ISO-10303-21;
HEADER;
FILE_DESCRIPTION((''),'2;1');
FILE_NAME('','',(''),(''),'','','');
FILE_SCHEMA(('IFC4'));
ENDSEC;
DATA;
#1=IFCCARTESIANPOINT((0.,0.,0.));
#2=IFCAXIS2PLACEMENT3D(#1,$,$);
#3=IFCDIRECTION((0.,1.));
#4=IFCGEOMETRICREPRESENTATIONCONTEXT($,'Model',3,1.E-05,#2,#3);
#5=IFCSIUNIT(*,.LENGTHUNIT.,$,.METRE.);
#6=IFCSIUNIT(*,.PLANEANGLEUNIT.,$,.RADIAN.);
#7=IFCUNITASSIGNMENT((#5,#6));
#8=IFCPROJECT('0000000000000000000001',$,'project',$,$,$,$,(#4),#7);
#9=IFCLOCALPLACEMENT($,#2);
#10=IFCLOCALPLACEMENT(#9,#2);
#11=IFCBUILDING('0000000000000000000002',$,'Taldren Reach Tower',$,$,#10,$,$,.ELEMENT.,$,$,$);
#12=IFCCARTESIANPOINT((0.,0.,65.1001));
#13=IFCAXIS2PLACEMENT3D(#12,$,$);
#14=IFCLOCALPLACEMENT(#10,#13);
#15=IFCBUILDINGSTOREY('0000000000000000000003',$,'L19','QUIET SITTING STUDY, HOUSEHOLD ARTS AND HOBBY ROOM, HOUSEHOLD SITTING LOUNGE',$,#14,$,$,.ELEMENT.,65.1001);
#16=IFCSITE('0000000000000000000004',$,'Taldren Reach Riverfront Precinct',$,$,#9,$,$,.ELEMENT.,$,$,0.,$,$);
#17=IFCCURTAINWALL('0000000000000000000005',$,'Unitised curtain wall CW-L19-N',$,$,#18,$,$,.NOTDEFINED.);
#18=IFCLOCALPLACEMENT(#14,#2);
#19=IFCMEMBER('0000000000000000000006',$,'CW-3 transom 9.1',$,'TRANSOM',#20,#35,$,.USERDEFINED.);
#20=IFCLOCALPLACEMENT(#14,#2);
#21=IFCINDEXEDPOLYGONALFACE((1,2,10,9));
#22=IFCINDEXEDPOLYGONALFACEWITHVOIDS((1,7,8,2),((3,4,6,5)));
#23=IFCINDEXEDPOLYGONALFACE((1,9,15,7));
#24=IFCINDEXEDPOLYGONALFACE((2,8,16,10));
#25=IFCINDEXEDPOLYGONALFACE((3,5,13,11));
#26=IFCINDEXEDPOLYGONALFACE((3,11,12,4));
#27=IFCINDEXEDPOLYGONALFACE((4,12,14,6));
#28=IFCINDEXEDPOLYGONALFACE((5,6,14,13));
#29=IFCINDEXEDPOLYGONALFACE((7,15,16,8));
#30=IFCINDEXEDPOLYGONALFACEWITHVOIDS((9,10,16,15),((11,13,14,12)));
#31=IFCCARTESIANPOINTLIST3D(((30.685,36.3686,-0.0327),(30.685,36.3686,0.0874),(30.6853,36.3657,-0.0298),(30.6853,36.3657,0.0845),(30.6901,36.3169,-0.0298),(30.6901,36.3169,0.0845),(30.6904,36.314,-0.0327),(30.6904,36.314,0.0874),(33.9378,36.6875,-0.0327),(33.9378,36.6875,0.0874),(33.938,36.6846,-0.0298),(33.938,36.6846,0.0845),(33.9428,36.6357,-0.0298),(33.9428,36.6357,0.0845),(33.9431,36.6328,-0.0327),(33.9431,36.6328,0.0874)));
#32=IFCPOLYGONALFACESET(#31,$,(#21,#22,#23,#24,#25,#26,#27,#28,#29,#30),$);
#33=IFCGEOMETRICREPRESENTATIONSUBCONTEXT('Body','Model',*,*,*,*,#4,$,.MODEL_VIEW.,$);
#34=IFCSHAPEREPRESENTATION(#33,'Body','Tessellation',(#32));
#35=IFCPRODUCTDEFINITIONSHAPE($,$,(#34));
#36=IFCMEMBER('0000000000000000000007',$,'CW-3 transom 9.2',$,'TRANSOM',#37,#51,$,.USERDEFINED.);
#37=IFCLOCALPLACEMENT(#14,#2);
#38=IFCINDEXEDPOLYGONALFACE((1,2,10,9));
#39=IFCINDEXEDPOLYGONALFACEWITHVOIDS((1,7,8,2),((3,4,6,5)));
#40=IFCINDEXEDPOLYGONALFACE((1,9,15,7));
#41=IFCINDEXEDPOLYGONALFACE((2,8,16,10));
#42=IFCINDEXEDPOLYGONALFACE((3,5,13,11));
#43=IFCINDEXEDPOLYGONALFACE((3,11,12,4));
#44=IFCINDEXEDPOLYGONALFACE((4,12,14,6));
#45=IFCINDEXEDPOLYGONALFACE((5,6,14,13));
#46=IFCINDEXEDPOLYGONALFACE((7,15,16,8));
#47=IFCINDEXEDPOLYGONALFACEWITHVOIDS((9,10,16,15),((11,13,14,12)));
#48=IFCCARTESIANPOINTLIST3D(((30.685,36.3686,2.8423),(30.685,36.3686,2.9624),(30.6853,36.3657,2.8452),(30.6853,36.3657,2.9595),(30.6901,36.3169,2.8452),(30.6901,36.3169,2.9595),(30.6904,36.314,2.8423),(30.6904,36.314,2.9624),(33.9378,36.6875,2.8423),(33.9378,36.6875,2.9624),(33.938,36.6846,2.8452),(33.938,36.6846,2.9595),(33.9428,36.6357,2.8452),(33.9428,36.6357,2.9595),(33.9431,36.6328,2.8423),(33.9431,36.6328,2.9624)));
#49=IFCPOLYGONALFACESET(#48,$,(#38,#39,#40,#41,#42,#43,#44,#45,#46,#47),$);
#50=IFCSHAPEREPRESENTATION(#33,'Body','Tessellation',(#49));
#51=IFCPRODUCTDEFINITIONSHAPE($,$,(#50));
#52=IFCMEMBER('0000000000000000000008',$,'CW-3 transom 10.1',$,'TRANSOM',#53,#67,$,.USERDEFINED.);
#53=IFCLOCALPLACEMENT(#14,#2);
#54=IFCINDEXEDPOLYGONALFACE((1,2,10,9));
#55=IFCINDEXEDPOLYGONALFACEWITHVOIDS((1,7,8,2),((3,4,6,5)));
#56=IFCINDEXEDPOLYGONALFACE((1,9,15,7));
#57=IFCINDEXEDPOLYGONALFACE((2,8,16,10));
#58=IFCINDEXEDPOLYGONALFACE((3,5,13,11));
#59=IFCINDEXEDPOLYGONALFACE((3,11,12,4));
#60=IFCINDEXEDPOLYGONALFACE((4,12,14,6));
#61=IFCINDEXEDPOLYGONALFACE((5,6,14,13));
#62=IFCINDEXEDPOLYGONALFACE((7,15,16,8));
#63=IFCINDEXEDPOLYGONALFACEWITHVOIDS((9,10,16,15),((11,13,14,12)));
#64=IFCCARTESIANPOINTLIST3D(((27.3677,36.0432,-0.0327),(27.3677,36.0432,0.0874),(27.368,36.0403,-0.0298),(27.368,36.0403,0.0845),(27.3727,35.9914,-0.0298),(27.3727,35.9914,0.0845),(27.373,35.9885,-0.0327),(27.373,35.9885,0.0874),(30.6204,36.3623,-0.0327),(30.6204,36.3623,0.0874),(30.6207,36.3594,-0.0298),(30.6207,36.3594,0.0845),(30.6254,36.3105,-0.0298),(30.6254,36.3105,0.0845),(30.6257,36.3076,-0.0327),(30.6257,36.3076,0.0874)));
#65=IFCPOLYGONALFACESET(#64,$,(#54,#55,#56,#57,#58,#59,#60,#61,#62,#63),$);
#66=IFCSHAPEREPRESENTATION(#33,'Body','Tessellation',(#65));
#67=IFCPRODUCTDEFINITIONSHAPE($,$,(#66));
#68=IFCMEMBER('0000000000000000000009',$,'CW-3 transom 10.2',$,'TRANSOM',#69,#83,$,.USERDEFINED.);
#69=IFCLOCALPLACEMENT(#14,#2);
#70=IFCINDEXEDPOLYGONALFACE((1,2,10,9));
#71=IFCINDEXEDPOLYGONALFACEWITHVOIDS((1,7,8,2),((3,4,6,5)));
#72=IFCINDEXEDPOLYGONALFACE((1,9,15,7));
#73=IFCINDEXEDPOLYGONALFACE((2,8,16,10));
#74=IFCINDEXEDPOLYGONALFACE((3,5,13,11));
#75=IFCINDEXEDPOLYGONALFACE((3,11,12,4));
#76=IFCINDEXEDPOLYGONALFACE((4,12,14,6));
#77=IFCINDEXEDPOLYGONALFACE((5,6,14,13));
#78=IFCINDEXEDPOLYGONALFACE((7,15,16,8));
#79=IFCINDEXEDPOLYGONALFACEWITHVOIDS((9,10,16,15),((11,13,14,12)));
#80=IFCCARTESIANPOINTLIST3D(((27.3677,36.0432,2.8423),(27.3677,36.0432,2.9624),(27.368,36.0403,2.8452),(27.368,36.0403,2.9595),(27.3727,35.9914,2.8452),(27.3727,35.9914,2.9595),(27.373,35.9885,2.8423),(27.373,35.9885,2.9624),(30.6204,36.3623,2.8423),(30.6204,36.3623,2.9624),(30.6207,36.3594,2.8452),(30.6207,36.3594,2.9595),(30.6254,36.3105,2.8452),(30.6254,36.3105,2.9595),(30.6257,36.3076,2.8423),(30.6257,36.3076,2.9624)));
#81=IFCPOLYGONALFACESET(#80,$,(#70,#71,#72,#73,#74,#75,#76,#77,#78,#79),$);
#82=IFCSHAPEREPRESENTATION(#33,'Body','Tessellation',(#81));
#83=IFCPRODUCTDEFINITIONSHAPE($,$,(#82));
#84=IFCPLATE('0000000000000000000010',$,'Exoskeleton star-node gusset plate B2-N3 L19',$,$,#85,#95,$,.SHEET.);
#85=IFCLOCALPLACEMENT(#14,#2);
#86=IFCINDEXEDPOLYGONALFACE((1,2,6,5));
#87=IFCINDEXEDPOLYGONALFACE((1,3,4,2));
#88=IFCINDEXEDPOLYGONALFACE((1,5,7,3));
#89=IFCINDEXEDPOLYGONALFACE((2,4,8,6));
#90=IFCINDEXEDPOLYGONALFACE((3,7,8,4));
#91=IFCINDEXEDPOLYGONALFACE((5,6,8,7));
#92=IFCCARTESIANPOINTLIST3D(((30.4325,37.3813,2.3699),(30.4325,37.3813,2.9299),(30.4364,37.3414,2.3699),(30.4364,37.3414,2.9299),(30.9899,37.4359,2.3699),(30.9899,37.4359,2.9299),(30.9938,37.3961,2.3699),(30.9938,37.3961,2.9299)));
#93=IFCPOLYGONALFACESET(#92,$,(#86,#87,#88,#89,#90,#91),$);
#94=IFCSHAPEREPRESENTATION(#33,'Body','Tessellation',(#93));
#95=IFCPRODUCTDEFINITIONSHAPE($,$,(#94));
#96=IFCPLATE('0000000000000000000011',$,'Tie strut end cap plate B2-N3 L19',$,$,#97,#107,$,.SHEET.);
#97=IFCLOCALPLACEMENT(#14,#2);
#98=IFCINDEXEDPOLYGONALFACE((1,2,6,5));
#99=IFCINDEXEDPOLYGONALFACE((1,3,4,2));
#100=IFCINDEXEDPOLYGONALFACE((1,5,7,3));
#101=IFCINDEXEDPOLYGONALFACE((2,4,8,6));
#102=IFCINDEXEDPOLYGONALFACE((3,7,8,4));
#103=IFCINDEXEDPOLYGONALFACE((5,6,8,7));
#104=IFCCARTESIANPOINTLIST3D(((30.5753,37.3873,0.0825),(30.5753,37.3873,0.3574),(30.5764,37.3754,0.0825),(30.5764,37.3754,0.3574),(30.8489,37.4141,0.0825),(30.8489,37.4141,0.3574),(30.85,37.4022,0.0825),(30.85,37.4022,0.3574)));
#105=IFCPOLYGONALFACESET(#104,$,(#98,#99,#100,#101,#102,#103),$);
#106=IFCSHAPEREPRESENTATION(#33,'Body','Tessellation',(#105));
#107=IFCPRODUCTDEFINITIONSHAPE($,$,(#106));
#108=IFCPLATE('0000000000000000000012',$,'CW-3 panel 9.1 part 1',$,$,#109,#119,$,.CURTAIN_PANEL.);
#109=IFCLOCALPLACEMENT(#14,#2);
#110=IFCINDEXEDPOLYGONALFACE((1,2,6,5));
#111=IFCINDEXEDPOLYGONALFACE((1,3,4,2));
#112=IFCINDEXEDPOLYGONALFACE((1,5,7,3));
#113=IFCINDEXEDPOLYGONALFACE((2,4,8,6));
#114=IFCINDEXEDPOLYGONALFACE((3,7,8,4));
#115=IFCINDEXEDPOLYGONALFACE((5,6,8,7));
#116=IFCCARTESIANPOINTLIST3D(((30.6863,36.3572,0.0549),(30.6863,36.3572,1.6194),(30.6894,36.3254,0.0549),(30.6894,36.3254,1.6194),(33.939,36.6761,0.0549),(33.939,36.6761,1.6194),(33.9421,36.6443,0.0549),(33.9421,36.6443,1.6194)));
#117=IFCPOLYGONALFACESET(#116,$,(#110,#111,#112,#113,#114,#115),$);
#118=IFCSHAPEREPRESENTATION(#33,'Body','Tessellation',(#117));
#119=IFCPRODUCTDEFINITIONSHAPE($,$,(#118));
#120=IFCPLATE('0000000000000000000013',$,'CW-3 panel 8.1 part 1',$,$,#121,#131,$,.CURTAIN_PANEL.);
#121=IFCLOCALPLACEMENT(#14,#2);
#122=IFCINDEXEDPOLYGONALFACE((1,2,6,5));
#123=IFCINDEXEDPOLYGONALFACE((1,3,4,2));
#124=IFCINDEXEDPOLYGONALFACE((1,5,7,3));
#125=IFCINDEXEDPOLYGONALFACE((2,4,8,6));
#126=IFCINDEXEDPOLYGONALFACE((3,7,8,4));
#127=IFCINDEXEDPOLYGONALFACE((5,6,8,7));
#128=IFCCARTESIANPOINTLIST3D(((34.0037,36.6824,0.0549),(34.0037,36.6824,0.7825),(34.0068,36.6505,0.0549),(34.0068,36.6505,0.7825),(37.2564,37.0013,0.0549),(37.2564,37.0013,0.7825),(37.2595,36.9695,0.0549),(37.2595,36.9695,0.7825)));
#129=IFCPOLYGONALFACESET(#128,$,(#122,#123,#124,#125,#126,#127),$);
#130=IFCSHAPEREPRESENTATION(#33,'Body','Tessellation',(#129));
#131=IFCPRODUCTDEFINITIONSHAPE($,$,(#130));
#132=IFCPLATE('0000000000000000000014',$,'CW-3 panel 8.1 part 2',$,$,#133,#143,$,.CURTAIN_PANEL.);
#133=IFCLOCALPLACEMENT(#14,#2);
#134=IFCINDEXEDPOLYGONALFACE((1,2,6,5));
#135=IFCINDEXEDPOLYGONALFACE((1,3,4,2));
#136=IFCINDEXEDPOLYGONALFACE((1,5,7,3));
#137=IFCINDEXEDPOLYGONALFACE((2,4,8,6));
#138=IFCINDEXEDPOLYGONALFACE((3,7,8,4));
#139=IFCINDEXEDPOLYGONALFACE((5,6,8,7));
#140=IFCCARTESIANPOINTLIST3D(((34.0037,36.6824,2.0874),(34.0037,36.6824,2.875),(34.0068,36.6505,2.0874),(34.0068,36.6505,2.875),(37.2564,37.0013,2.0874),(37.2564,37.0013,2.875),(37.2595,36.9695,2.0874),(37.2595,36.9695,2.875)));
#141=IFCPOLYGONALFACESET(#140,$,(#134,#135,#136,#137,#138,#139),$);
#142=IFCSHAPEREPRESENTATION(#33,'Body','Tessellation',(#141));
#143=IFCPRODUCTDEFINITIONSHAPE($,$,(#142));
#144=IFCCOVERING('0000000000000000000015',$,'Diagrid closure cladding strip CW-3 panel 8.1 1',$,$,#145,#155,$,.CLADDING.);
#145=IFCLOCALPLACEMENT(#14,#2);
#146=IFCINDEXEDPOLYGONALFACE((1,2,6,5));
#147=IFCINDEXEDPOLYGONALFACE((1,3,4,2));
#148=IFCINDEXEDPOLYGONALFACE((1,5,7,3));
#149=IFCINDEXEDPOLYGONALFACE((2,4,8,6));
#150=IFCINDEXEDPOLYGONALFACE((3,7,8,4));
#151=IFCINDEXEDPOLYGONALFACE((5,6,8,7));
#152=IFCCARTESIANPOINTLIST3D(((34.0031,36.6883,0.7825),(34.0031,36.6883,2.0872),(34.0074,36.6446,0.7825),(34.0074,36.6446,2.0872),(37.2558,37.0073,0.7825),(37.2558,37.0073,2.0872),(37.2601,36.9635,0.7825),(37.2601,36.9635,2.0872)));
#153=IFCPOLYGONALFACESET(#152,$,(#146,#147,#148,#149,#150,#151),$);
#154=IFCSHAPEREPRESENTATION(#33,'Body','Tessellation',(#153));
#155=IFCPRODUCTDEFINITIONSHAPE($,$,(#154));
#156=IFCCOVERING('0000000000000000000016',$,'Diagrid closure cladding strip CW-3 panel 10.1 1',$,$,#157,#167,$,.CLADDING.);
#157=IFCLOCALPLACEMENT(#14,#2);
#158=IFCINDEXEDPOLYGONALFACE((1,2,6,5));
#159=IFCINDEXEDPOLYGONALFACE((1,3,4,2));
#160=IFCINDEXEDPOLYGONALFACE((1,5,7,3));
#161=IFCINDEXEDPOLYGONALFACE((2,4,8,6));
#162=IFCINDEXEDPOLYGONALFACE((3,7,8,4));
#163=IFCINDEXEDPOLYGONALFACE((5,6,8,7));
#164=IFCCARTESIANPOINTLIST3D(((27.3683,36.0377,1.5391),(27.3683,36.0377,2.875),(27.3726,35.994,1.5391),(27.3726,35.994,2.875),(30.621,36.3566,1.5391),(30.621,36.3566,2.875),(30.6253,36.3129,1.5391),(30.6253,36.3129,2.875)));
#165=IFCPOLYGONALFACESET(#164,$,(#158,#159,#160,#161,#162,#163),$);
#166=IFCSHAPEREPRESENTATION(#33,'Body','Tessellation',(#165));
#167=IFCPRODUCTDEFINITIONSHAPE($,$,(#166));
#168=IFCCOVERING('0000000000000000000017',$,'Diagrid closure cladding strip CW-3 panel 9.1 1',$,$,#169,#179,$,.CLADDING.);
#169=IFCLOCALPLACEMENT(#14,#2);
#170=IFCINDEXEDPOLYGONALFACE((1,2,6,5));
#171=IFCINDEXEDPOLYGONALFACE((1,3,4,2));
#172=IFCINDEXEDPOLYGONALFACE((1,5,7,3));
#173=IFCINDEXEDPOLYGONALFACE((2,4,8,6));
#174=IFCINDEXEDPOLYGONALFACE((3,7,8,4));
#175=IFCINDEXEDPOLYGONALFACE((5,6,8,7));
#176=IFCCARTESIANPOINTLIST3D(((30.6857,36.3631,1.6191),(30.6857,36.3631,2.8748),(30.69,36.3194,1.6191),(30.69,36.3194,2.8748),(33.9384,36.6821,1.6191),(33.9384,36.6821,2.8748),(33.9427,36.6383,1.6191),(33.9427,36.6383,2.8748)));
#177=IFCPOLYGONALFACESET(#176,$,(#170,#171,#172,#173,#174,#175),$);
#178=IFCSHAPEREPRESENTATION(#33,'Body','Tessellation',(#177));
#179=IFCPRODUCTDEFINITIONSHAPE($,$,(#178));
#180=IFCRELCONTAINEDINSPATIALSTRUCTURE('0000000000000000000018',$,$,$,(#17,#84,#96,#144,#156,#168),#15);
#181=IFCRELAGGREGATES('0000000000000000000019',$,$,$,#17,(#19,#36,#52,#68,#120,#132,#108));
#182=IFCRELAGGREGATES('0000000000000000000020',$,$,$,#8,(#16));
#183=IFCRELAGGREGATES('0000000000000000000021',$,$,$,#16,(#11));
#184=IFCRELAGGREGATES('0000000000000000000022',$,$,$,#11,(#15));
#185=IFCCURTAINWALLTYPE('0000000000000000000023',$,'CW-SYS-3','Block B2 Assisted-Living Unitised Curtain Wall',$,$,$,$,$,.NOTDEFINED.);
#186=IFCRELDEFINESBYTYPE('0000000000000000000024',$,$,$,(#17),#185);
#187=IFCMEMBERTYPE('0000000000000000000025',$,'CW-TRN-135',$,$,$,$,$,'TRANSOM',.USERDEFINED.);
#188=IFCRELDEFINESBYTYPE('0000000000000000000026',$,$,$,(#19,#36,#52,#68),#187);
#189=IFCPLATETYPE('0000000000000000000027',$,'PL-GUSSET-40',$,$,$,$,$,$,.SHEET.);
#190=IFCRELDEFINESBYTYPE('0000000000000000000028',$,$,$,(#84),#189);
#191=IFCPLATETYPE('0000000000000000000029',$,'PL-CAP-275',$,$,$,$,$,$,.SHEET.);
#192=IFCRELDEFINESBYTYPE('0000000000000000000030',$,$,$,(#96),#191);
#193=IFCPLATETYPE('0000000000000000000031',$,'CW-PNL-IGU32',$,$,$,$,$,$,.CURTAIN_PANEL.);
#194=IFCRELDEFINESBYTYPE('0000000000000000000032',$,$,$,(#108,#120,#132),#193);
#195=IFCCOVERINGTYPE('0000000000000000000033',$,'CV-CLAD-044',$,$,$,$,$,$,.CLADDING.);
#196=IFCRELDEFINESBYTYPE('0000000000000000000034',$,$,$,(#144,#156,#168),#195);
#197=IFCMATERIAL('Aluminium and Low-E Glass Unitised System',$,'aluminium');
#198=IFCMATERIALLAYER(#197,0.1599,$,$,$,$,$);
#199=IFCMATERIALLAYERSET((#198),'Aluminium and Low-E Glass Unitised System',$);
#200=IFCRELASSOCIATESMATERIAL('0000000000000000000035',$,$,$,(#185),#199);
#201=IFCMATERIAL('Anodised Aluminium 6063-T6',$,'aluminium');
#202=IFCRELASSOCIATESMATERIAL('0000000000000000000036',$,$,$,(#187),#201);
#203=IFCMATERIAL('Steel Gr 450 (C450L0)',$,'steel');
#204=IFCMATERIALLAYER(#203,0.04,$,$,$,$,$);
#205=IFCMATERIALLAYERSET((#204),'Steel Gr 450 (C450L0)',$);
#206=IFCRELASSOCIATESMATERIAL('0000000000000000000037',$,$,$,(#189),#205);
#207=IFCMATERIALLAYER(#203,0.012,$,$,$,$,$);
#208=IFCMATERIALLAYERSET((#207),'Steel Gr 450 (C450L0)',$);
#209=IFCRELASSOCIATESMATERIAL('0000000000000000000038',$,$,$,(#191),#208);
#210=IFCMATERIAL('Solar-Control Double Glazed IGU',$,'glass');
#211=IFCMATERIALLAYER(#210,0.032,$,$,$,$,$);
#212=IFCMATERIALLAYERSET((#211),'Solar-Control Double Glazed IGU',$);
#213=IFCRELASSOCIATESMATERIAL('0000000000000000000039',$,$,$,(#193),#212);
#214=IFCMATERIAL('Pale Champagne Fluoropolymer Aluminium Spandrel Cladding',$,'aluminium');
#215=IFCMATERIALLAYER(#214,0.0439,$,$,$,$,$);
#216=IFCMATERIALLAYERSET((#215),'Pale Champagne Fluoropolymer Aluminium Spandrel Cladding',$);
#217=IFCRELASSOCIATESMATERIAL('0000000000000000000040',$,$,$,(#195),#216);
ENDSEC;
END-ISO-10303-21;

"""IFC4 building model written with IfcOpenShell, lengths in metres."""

from ifc_helpers import new_model, si_unit, direction, frame, origin, origin_2d, place, context, subcontext, project, spatial, rectangle, hollow_rectangle, extrude, source, transform, mapped, material, layer, layer_set, material_profile, profile_set, type_object, element, aggregate, save


model = new_model("IFC4")

# Units and contexts
model_context = context("Model", 3, precision=1e-05, world=origin(), true_north=direction((0.0, 1.0)))
body_context = subcontext(model_context, "Body", "Model", "MODEL_VIEW")
ifc_project = project(units=[si_unit("LENGTHUNIT", "METRE"), si_unit("PLANEANGLEUNIT", "RADIAN")], contexts=[model_context])

# Site, building, storey
site_placement = place(None, origin())
site = spatial("IfcSite", under=ifc_project, at=site_placement, Name="Taldren Reach Riverfront Precinct", CompositionType="ELEMENT", RefElevation=0.0)
building_placement = place(site_placement, origin())
building = spatial("IfcBuilding", under=site, at=building_placement, Name="Taldren Reach Tower", CompositionType="ELEMENT")
storey_placement = place(building_placement, frame((0.0, 0.0, 65.1001)))
storey = spatial("IfcBuildingStorey", under=building, at=storey_placement, Name="L19", Description="QUIET SITTING STUDY, HOUSEHOLD ARTS AND HOBBY ROOM, HOUSEHOLD SITTING LOUNGE", CompositionType="ELEMENT", Elevation=65.1001)

# Shared definitions
ifc_material_1 = material(Name="Steel Gr 450 (C450L0)", Category="steel")

# Curtain wall, members
ifc_material_2 = material(Name="Aluminium and Low-E Glass Unitised System", Category="aluminium")
ifc_layer_1 = layer(ifc_material_2, 0.1599)
ifc_layer_set_1 = layer_set([ifc_layer_1], Name="Aluminium and Low-E Glass Unitised System")
curtain_wall_type = type_object("IfcCurtainWallType", Name="CW-SYS-3", Description="Block B2 Assisted-Living Unitised Curtain Wall", PredefinedType="NOTDEFINED", material=ifc_layer_set_1)
curtain_wall_placement = place(storey_placement, origin())
curtain_wall = element("IfcCurtainWall", 1, at=curtain_wall_placement, inside=storey, type_object=curtain_wall_type, Name="Unitised curtain wall CW-L19-N", PredefinedType="NOTDEFINED")
ifc_material_3 = material(Name="Anodised Aluminium 6063-T6", Category="aluminium")
ifc_material_profile_1 = material_profile(ifc_material_3, hollow_rectangle(XDim=0.0549, YDim=0.1201, WallThickness=0.0029, at=origin_2d()), Name="ALU-120x55x3RHS")
ifc_profile_set_1 = profile_set([ifc_material_profile_1], Name="Anodised Aluminium 6063-T6")
member_type_1 = type_object("IfcMemberType", Name="CW-TRN-135", ElementType="TRANSOM", PredefinedType="USERDEFINED", material=ifc_profile_set_1)
shared_shape_1 = source(origin(), body_context, "Body", "SweptSolid", [
    extrude(hollow_rectangle(XDim=0.0549, YDim=0.1201, WallThickness=0.0029, at=origin_2d()), origin(), (0.0, 0.0, 1.0), 3.2683),
])
member_1_placement = place(storey_placement, frame((33.9404, 36.6602, 0.0273), z_axis=(-0.99523, -0.097558, 0.0), x_axis=(0.097558, -0.99523, 0.0)))
member_1 = element("IfcMember", 2, at=member_1_placement, type_object=member_type_1, Name="CW-3 transom 9.1", ObjectType="TRANSOM", PredefinedType="USERDEFINED", context=body_context, shape_type="MappedRepresentation", body=[
    mapped(shared_shape_1, transform((0.0, 0.0, 0.0), scale=1.0)),
])
member_2_placement = place(storey_placement, frame((33.9404, 36.6602, 2.9023), z_axis=(-0.99523, -0.097558, 0.0), x_axis=(0.097558, -0.99523, 0.0)))
member_2 = element("IfcMember", 3, at=member_2_placement, type_object=member_type_1, Name="CW-3 transom 9.2", ObjectType="TRANSOM", PredefinedType="USERDEFINED", context=body_context, shape_type="MappedRepresentation", body=[
    mapped(shared_shape_1, transform((0.0, 0.0, 0.0), scale=1.0)),
])
member_3_placement = place(storey_placement, frame((30.623, 36.335, 0.0273), z_axis=(-0.995223, -0.097632, 0.0), x_axis=(0.097632, -0.995223, 0.0)))
member_3 = element("IfcMember", 4, at=member_3_placement, type_object=member_type_1, Name="CW-3 transom 10.1", ObjectType="TRANSOM", PredefinedType="USERDEFINED", context=body_context, shape_type="MappedRepresentation", body=[
    mapped(shared_shape_1, transform((0.0, 0.0, 0.0), scale=1.0)),
])
member_4_placement = place(storey_placement, frame((30.623, 36.335, 2.9023), z_axis=(-0.995223, -0.097632, 0.0), x_axis=(0.097632, -0.995223, 0.0)))
member_4 = element("IfcMember", 5, at=member_4_placement, type_object=member_type_1, Name="CW-3 transom 10.2", ObjectType="TRANSOM", PredefinedType="USERDEFINED", context=body_context, shape_type="MappedRepresentation", body=[
    mapped(shared_shape_1, transform((0.0, 0.0, 0.0), scale=1.0)),
])

# Plates
ifc_layer_2 = layer(ifc_material_1, 0.04)
ifc_layer_set_2 = layer_set([ifc_layer_2], Name="Steel Gr 450 (C450L0)")
plate_type_1 = type_object("IfcPlateType", Name="PL-GUSSET-40", PredefinedType="SHEET", material=ifc_layer_set_2)
shared_shape_2 = source(origin(), body_context, "Body", "SweptSolid", [
    extrude(rectangle(XDim=0.5601, YDim=0.04, at=origin_2d()), origin(), (0.0, 0.0, 1.0), 0.5601),
])
plate_1_placement = place(storey_placement, frame((30.7131, 37.3887, 2.3699), z_axis=(0.0, 0.0, 1.0), x_axis=(0.995227, 0.097583, 0.0)))
element("IfcPlate", 6, at=plate_1_placement, inside=storey, type_object=plate_type_1, Name="Exoskeleton star-node gusset plate B2-N3 L19", PredefinedType="SHEET", context=body_context, shape_type="MappedRepresentation", body=[
    mapped(shared_shape_2, transform((0.0, 0.0, 0.0), scale=1.0)),
])
ifc_layer_3 = layer(ifc_material_1, 0.012)
ifc_layer_set_3 = layer_set([ifc_layer_3], Name="Steel Gr 450 (C450L0)")
plate_type_2 = type_object("IfcPlateType", Name="PL-CAP-275", PredefinedType="SHEET", material=ifc_layer_set_3)
shared_shape_3 = source(origin(), body_context, "Body", "SweptSolid", [
    extrude(rectangle(XDim=0.2749, YDim=0.012, at=origin_2d()), origin(), (0.0, 0.0, 1.0), 0.2749),
])
plate_2_placement = place(storey_placement, frame((30.7126, 37.3948, 0.0825), z_axis=(0.0, 0.0, 1.0), x_axis=(0.995227, 0.097583, 0.0)))
element("IfcPlate", 7, at=plate_2_placement, inside=storey, type_object=plate_type_2, Name="Tie strut end cap plate B2-N3 L19", PredefinedType="SHEET", context=body_context, shape_type="MappedRepresentation", body=[
    mapped(shared_shape_3, transform((0.0, 0.0, 0.0), scale=1.0)),
])

# Plates
ifc_material_4 = material(Name="Solar-Control Double Glazed IGU", Category="glass")
ifc_layer_4 = layer(ifc_material_4, 0.032)
ifc_layer_set_4 = layer_set([ifc_layer_4], Name="Solar-Control Double Glazed IGU")
plate_type_3 = type_object("IfcPlateType", Name="CW-PNL-IGU32", PredefinedType="CURTAIN_PANEL", material=ifc_layer_set_4)
shared_shape_4 = source(origin(), body_context, "Body", "SweptSolid", [
    extrude(rectangle(XDim=3.2683, YDim=0.032, at=origin_2d()), origin(), (0.0, 0.0, 1.0), 1.5645),
])
plate_3_placement = place(storey_placement, frame((32.3142, 36.5007, 0.0549), z_axis=(0.0, 0.0, 1.0), x_axis=(-0.995227, -0.097583, 0.0)))
plate_3 = element("IfcPlate", 8, at=plate_3_placement, type_object=plate_type_3, Name="CW-3 panel 9.1 part 1", PredefinedType="CURTAIN_PANEL", context=body_context, shape_type="MappedRepresentation", body=[
    mapped(shared_shape_4, transform((0.0, 0.0, 0.0), scale=1.0)),
])
shared_shape_5 = source(origin(), body_context, "Body", "SweptSolid", [
    extrude(rectangle(XDim=3.2683, YDim=0.032, at=origin_2d()), origin(), (0.0, 0.0, 1.0), 0.7275),
])
plate_4_placement = place(storey_placement, frame((35.6316, 36.8259, 0.0549), z_axis=(0.0, 0.0, 1.0), x_axis=(-0.995227, -0.097583, 0.0)))
plate_4 = element("IfcPlate", 9, at=plate_4_placement, type_object=plate_type_3, Name="CW-3 panel 8.1 part 1", PredefinedType="CURTAIN_PANEL", context=body_context, shape_type="MappedRepresentation", body=[
    mapped(shared_shape_5, transform((0.0, 0.0, 0.0), scale=1.0)),
])
shared_shape_6 = source(origin(), body_context, "Body", "SweptSolid", [
    extrude(rectangle(XDim=3.2683, YDim=0.032, at=origin_2d()), origin(), (0.0, 0.0, 1.0), 0.7876),
])
plate_5_placement = place(storey_placement, frame((35.6316, 36.8259, 2.0874), z_axis=(0.0, 0.0, 1.0), x_axis=(-0.995227, -0.097583, 0.0)))
plate_5 = element("IfcPlate", 10, at=plate_5_placement, type_object=plate_type_3, Name="CW-3 panel 8.1 part 2", PredefinedType="CURTAIN_PANEL", context=body_context, shape_type="MappedRepresentation", body=[
    mapped(shared_shape_6, transform((0.0, 0.0, 0.0), scale=1.0)),
])
aggregate(curtain_wall, [member_1, member_2, member_3, member_4, plate_4, plate_5, plate_3])

# Coverings
ifc_material_5 = material(Name="Pale Champagne Fluoropolymer Aluminium Spandrel Cladding", Category="aluminium")
ifc_layer_5 = layer(ifc_material_5, 0.0439)
ifc_layer_set_5 = layer_set([ifc_layer_5], Name="Pale Champagne Fluoropolymer Aluminium Spandrel Cladding")
covering_type = type_object("IfcCoveringType", Name="CV-CLAD-044", PredefinedType="CLADDING", material=ifc_layer_set_5)
shared_shape_7 = source(origin(), body_context, "Body", "SweptSolid", [
    extrude(rectangle(XDim=3.2683, YDim=0.0439, at=origin_2d()), origin(), (0.0, 0.0, 1.0), 1.3047),
])
covering_1_placement = place(storey_placement, frame((35.6316, 36.8259, 0.7825), z_axis=(0.0, 0.0, 1.0), x_axis=(-0.995227, -0.097583, 0.0)))
element("IfcCovering", 11, at=covering_1_placement, inside=storey, type_object=covering_type, Name="Diagrid closure cladding strip CW-3 panel 8.1 1", PredefinedType="CLADDING", context=body_context, shape_type="MappedRepresentation", body=[
    mapped(shared_shape_7, transform((0.0, 0.0, 0.0), scale=1.0)),
])
shared_shape_8 = source(origin(), body_context, "Body", "SweptSolid", [
    extrude(rectangle(XDim=3.2683, YDim=0.0439, at=origin_2d()), origin(), (0.0, 0.0, 1.0), 1.3359),
])
covering_2_placement = place(storey_placement, frame((28.9968, 36.1753, 1.5391), z_axis=(0.0, 0.0, 1.0), x_axis=(-0.995227, -0.097583, 0.0)))
element("IfcCovering", 12, at=covering_2_placement, inside=storey, type_object=covering_type, Name="Diagrid closure cladding strip CW-3 panel 10.1 1", PredefinedType="CLADDING", context=body_context, shape_type="MappedRepresentation", body=[
    mapped(shared_shape_8, transform((0.0, 0.0, 0.0), scale=1.0)),
])
shared_shape_9 = source(origin(), body_context, "Body", "SweptSolid", [
    extrude(rectangle(XDim=3.2683, YDim=0.0439, at=origin_2d()), origin(), (0.0, 0.0, 1.0), 1.2556),
])
covering_3_placement = place(storey_placement, frame((32.3142, 36.5007, 1.6191), z_axis=(0.0, 0.0, 1.0), x_axis=(-0.995227, -0.097583, 0.0)))
element("IfcCovering", 13, at=covering_3_placement, inside=storey, type_object=covering_type, Name="Diagrid closure cladding strip CW-3 panel 9.1 1", PredefinedType="CLADDING", context=body_context, shape_type="MappedRepresentation", body=[
    mapped(shared_shape_9, transform((0.0, 0.0, 0.0), scale=1.0)),
])

save(model, "model.ifc")
